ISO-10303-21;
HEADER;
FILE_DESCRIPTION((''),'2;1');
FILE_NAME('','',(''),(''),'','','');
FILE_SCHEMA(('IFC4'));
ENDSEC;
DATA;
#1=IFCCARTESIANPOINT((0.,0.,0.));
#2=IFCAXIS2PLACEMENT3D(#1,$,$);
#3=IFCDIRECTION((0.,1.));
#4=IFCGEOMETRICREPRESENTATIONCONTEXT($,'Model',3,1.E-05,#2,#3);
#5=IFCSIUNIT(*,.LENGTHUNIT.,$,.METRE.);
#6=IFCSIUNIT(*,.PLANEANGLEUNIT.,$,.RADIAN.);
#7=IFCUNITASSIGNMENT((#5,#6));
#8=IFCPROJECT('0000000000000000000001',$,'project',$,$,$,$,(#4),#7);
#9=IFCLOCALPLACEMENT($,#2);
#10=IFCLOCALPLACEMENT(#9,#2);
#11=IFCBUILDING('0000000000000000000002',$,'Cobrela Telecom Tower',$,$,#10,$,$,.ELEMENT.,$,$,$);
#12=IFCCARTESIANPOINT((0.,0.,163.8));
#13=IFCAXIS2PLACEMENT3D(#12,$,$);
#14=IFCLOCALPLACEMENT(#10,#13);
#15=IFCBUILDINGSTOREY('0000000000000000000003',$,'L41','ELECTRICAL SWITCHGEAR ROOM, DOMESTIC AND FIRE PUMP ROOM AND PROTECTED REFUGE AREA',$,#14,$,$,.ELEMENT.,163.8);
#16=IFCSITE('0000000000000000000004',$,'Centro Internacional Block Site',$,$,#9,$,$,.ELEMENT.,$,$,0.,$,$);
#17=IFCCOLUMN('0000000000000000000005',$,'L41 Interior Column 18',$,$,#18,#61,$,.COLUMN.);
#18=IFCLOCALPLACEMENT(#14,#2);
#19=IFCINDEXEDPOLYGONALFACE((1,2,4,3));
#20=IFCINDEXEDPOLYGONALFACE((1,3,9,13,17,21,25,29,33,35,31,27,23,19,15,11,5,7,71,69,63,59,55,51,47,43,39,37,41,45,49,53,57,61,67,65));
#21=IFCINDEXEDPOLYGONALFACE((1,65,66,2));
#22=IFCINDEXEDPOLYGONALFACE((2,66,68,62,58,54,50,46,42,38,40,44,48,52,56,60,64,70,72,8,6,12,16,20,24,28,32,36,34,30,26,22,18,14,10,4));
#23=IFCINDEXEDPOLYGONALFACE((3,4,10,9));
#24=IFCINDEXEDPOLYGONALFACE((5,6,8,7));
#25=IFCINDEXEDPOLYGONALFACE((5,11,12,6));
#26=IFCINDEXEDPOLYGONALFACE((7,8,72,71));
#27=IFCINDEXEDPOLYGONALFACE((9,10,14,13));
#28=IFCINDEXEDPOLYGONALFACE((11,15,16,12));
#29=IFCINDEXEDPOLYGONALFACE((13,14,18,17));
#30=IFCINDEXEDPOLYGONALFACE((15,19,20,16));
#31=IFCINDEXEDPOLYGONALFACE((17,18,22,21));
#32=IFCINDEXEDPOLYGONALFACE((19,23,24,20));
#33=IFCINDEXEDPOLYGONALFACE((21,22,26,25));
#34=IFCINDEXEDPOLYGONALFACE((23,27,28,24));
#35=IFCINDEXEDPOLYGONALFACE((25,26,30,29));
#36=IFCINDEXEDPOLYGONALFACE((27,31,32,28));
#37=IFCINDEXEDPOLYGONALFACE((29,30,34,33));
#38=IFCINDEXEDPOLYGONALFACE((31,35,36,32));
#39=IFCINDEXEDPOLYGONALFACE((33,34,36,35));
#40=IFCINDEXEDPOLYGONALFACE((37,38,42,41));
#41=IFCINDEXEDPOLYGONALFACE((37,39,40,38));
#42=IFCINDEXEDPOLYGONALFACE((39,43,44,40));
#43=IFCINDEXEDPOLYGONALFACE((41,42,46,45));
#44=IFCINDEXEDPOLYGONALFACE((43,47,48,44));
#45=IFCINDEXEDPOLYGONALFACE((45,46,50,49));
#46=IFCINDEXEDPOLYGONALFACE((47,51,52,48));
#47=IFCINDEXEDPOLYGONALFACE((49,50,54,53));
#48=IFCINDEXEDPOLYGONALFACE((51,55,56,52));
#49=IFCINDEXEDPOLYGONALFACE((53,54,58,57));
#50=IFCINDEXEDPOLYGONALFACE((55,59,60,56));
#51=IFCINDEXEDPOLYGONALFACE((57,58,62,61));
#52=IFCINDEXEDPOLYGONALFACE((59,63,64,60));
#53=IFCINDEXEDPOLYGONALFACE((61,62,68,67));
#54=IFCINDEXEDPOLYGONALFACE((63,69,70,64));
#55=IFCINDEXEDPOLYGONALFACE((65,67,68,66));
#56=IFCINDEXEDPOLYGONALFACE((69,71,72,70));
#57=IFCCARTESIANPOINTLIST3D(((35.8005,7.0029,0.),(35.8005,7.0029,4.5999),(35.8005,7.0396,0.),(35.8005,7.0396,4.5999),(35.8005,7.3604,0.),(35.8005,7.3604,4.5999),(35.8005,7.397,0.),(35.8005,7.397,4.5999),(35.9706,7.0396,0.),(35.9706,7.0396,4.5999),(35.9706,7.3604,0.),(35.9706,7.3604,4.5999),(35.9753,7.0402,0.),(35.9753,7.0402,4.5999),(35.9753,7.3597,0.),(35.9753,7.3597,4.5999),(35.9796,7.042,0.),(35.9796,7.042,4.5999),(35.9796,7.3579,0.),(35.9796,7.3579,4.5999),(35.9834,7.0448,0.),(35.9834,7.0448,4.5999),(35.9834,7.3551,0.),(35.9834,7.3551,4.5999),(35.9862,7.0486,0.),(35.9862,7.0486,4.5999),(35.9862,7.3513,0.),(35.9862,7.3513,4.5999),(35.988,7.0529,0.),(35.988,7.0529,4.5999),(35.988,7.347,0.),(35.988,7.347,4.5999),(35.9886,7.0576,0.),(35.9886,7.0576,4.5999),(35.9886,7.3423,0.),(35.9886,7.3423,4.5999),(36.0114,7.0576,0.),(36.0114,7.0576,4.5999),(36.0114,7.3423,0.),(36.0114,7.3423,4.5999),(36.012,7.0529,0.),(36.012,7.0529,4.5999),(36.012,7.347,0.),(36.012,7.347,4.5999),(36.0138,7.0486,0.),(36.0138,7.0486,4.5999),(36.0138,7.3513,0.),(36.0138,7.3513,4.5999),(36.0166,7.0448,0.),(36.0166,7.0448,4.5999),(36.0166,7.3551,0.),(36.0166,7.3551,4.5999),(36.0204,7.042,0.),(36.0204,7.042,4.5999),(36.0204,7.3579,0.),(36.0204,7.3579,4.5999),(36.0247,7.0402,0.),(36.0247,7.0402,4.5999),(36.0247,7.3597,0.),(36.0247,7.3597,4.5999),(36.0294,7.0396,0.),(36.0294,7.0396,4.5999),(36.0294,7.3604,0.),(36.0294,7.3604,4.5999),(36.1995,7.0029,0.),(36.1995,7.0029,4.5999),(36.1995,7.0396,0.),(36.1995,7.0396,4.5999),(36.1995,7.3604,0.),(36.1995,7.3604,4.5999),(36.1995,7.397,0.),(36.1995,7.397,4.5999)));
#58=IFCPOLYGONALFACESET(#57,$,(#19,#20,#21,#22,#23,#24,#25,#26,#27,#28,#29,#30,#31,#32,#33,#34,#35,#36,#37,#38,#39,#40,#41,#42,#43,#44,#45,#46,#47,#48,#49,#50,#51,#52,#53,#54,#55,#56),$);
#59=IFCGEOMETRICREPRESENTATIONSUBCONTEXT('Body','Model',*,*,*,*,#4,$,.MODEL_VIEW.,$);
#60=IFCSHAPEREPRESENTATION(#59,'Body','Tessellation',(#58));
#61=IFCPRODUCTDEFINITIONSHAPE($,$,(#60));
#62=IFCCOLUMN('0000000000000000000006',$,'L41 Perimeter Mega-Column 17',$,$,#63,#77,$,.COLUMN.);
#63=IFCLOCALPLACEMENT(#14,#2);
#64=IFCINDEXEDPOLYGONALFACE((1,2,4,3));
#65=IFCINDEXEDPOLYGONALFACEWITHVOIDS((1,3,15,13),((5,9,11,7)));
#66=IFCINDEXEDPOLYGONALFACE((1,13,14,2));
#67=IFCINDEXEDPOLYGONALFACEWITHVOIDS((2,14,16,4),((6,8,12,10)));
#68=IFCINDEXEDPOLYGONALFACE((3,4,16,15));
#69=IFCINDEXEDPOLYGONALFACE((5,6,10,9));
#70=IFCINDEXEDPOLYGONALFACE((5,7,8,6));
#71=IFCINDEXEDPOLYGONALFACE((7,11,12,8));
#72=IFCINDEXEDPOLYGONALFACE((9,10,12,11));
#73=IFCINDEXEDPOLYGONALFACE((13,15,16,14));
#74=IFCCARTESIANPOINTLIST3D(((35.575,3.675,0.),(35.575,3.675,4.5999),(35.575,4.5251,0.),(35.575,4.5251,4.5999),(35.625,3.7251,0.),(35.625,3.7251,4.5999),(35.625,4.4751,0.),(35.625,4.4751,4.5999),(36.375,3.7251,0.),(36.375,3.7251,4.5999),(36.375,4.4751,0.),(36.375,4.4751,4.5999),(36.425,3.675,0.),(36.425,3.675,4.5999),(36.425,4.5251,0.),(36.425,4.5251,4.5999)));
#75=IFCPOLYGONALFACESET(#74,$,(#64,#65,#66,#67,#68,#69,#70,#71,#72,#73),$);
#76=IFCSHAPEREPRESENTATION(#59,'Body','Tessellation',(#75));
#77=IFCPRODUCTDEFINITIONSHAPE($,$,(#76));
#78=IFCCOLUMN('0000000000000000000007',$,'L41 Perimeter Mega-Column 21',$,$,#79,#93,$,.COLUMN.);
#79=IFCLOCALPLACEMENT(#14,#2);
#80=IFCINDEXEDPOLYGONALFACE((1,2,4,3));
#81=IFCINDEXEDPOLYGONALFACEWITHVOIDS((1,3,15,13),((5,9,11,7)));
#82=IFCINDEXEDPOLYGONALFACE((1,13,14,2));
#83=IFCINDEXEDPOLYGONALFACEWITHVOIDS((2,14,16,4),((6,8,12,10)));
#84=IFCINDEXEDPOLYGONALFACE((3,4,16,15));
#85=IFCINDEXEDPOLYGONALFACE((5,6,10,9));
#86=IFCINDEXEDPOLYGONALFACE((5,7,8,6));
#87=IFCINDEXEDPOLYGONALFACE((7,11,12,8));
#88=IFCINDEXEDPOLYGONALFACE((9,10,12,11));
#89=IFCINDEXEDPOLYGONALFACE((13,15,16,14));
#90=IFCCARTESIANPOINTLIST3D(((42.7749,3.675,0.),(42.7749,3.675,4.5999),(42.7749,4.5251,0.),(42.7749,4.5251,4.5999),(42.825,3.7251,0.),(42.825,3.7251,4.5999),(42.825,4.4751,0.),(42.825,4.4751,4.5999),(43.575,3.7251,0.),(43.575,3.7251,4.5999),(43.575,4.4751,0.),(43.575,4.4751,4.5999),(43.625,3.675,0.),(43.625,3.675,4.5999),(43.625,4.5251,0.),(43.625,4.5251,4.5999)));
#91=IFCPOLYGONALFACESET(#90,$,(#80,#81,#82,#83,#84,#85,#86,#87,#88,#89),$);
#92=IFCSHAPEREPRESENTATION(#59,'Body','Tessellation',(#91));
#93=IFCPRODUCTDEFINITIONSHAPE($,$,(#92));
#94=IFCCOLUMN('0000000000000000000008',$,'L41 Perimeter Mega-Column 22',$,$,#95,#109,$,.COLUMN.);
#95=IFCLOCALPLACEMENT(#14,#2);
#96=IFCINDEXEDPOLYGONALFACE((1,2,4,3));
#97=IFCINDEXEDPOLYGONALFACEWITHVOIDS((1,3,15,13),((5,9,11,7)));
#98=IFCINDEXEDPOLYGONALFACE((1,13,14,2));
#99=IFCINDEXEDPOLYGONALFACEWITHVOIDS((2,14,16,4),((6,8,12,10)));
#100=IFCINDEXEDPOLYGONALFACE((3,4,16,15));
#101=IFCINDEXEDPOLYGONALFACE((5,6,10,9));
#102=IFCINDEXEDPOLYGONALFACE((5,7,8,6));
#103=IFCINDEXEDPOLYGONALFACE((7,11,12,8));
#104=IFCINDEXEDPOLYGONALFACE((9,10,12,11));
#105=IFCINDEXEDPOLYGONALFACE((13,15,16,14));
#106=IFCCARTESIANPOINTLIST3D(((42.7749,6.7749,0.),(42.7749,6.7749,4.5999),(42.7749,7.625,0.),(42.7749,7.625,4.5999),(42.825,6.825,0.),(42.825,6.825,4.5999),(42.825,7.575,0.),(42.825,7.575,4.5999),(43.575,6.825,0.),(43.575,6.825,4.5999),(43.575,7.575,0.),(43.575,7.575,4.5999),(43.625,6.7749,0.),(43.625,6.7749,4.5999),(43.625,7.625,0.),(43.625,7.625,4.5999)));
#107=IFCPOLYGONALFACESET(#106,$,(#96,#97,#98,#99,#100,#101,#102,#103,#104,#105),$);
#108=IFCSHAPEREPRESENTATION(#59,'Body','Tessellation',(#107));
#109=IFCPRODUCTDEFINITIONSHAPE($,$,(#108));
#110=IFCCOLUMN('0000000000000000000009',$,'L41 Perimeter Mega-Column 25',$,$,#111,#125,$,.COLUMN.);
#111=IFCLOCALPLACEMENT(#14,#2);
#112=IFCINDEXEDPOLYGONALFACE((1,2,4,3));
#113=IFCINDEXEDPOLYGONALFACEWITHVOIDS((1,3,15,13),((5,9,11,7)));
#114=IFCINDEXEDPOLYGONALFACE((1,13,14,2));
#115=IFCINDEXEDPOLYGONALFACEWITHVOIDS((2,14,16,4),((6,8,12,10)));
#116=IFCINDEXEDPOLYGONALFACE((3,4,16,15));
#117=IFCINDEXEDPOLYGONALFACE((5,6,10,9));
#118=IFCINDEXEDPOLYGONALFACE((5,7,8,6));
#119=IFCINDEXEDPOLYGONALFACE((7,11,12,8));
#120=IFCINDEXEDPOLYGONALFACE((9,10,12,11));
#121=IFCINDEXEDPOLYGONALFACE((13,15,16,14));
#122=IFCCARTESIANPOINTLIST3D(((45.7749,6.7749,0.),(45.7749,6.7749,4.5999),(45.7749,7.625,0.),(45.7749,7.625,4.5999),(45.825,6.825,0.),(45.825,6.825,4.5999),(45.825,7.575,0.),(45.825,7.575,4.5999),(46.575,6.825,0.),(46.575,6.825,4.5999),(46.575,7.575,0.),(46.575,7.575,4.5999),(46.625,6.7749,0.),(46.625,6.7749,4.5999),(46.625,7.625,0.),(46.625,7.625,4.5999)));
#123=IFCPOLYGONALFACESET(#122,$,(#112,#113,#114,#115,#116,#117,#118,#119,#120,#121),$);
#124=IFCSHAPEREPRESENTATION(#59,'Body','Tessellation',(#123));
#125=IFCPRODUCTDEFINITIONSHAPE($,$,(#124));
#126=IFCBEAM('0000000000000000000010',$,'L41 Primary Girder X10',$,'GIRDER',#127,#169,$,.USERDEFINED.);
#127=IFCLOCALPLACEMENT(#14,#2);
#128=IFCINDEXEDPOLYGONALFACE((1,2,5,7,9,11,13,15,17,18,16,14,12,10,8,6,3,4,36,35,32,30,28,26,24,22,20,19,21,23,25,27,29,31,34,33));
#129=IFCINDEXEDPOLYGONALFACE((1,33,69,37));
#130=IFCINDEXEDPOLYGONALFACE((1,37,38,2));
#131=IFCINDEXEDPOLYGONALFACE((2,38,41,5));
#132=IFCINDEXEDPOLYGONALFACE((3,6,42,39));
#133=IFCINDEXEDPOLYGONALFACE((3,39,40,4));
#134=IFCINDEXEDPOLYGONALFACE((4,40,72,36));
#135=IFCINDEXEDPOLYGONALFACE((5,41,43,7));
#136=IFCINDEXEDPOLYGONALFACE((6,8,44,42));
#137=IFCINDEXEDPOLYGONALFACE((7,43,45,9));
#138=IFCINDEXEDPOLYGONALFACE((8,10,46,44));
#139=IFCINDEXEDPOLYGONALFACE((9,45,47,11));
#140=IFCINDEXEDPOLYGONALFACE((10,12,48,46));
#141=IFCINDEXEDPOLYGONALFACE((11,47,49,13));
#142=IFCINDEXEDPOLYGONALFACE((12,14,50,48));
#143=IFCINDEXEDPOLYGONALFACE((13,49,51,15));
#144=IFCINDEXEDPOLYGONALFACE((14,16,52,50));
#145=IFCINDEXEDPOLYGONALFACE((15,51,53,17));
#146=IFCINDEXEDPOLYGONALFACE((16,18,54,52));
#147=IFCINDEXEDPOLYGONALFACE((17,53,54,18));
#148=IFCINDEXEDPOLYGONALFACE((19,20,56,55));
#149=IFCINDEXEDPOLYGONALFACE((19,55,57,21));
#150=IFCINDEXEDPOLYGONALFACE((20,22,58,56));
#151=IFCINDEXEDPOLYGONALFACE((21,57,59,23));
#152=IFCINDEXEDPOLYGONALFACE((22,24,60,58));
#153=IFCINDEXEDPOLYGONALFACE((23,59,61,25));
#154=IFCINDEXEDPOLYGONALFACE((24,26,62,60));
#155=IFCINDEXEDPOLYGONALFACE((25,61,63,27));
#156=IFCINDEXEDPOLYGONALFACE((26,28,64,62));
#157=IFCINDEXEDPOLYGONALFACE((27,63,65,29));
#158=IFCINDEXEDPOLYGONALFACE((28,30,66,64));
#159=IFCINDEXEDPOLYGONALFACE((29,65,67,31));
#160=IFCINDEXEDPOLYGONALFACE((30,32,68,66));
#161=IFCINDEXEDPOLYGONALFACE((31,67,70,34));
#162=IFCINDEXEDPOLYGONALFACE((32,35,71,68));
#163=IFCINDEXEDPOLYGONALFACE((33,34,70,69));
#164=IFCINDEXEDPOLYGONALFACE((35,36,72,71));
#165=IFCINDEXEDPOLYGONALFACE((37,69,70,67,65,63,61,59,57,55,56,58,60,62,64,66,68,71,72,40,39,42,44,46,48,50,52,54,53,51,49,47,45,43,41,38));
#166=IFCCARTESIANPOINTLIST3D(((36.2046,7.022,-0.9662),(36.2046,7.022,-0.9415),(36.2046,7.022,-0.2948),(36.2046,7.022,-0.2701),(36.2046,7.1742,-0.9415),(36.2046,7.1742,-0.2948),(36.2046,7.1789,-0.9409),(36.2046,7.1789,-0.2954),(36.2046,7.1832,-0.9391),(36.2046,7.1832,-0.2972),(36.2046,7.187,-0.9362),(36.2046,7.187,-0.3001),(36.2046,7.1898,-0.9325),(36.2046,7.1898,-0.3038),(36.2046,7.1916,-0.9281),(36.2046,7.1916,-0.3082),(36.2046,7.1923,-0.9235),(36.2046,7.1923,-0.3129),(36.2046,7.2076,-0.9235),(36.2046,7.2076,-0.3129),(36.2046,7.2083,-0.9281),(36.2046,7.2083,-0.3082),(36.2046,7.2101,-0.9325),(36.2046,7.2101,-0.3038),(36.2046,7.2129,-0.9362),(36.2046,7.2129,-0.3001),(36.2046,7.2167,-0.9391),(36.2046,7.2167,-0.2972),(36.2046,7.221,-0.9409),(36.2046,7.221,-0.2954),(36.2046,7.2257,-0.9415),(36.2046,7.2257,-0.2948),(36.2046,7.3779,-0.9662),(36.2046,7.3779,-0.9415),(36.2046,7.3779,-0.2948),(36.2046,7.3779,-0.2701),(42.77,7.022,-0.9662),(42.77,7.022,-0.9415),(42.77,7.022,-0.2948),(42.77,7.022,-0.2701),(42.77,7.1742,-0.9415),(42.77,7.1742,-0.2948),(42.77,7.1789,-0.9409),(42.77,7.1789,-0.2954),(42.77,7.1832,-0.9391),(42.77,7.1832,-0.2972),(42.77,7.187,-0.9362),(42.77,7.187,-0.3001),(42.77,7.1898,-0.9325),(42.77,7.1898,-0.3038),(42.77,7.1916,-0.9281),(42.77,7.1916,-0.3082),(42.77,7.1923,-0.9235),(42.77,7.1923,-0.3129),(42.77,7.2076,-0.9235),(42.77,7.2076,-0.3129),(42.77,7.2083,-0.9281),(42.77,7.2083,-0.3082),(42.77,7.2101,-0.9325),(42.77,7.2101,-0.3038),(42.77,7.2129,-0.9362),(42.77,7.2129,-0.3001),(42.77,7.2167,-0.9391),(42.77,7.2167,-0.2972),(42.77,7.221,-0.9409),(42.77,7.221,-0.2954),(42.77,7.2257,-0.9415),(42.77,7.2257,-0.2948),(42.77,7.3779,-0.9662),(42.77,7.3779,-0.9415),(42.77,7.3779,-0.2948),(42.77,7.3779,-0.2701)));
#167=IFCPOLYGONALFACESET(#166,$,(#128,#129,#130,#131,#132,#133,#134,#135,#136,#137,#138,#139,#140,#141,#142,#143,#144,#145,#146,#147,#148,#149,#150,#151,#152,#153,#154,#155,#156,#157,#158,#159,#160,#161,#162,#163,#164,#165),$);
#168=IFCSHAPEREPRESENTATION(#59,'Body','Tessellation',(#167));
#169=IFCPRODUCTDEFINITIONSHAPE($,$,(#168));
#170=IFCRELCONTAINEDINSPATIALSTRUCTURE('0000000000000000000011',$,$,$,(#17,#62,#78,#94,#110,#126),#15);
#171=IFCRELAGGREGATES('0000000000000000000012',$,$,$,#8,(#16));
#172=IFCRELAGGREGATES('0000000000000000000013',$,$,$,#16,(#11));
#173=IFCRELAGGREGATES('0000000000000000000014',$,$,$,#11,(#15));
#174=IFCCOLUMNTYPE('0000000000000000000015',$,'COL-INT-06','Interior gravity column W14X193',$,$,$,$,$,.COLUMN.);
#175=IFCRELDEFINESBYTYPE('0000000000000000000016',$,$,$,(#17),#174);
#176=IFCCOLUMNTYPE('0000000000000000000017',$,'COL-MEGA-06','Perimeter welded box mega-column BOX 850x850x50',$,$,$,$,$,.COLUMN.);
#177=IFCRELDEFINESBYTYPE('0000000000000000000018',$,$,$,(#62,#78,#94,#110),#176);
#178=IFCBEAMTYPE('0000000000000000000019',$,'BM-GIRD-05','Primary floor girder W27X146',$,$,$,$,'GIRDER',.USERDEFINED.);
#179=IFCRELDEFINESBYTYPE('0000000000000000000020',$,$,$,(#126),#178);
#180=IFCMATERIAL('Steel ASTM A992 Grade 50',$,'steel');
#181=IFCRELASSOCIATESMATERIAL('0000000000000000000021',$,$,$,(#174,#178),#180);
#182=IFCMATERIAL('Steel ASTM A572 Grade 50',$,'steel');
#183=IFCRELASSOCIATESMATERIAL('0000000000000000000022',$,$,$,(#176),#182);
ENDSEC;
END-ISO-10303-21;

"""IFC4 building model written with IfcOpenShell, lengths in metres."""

from ifc_helpers import new_model, si_unit, direction, frame, origin, origin_2d, place, context, subcontext, project, spatial, hollow_rectangle, i_section, extrude, material, material_profile, profile_set, type_object, element, save


model = new_model("IFC4")

# Units and contexts
model_context = context("Model", 3, precision=1e-05, world=origin(), true_north=direction((0.0, 1.0)))
body_context = subcontext(model_context, "Body", "Model", "MODEL_VIEW")
ifc_project = project(units=[si_unit("LENGTHUNIT", "METRE"), si_unit("PLANEANGLEUNIT", "RADIAN")], contexts=[model_context])

# Site, building, storey
site_placement = place(None, origin())
site = spatial("IfcSite", under=ifc_project, at=site_placement, Name="Centro Internacional Block Site", CompositionType="ELEMENT", RefElevation=0.0)
building_placement = place(site_placement, origin())
building = spatial("IfcBuilding", under=site, at=building_placement, Name="Cobrela Telecom Tower", CompositionType="ELEMENT")
storey_placement = place(building_placement, frame((0.0, 0.0, 163.8)))
storey = spatial("IfcBuildingStorey", under=building, at=storey_placement, Name="L41", Description="ELECTRICAL SWITCHGEAR ROOM, DOMESTIC AND FIRE PUMP ROOM AND PROTECTED REFUGE AREA", CompositionType="ELEMENT", Elevation=163.8)

# Columns
ifc_material_1 = material(Name="Steel ASTM A992 Grade 50", Category="steel")
ifc_material_profile_1 = material_profile(ifc_material_1, i_section(OverallWidth=0.3989, OverallDepth=0.394, WebThickness=0.0227, FlangeThickness=0.0366, FilletRadius=0.0181, at=origin_2d()), Name="W14X193")
ifc_profile_set_1 = profile_set([ifc_material_profile_1], Name="Steel ASTM A992 Grade 50")
column_type_1 = type_object("IfcColumnType", Name="COL-INT-06", Description="Interior gravity column W14X193", PredefinedType="COLUMN", material=ifc_profile_set_1)
column_placement = place(storey_placement, frame((36.0, 7.2, 0.0), z_axis=(0.0, 0.0, 1.0), x_axis=(1.0, 0.0, 0.0)))
element("IfcColumn", 1, at=column_placement, inside=storey, type_object=column_type_1, Name="L41 Interior Column 18", PredefinedType="COLUMN", context=body_context, shape_type="SweptSolid", body=[
    extrude(i_section(OverallWidth=0.3989, OverallDepth=0.394, WebThickness=0.0227, FlangeThickness=0.0366, FilletRadius=0.0181, at=origin_2d()), origin(), (0.0, 0.0, 1.0), 4.5999),
])
ifc_material_2 = material(Name="Steel ASTM A572 Grade 50", Category="steel")
ifc_material_profile_2 = material_profile(ifc_material_2, hollow_rectangle(XDim=0.8501, YDim=0.8501, WallThickness=0.05, at=origin_2d()), Name="BOX 850x850x50")
ifc_profile_set_2 = profile_set([ifc_material_profile_2], Name="Steel ASTM A572 Grade 50")
column_type_2 = type_object("IfcColumnType", Name="COL-MEGA-06", Description="Perimeter welded box mega-column BOX 850x850x50", PredefinedType="COLUMN", material=ifc_profile_set_2)
for number, where, z_axis, x_axis, name in (
    (2, (36.0, 4.1001, 0.0), (0.0, 0.0, 1.0), (1.0, 0.0, 0.0), "L41 Perimeter Mega-Column 17"),
    (3, (43.2, 4.1001, 0.0), (0.0, 0.0, 1.0), (1.0, 0.0, 0.0), "L41 Perimeter Mega-Column 21"),
    (4, (43.2, 7.2, 0.0), (0.0, 0.0, 1.0), (1.0, 0.0, 0.0), "L41 Perimeter Mega-Column 22"),
    (5, (46.2, 7.2, 0.0), (0.0, 0.0, 1.0), (1.0, 0.0, 0.0), "L41 Perimeter Mega-Column 25"),
):
    element("IfcColumn", number, at=place(storey_placement, frame(where, z_axis=z_axis, x_axis=x_axis)), inside=storey, type_object=column_type_2, Name=name, PredefinedType="COLUMN", context=body_context, shape_type="SweptSolid", body=[
        extrude(hollow_rectangle(XDim=0.8501, YDim=0.8501, WallThickness=0.05, at=origin_2d()), origin(), (0.0, 0.0, 1.0), 4.5999),
    ])

# Beam
ifc_material_profile_3 = material_profile(ifc_material_1, i_section(OverallWidth=0.356, OverallDepth=0.696, WebThickness=0.0154, FlangeThickness=0.0247, FilletRadius=0.0181, at=origin_2d()), Name="W27X146")
ifc_profile_set_3 = profile_set([ifc_material_profile_3], Name="Steel ASTM A992 Grade 50")
beam_type_1 = type_object("IfcBeamType", Name="BM-GIRD-05", Description="Primary floor girder W27X146", ElementType="GIRDER", PredefinedType="USERDEFINED", material=ifc_profile_set_3)
beam_1_placement = place(storey_placement, frame((36.2046, 7.2, -0.6182), z_axis=(1.0, 0.0, 0.0), x_axis=(0.0, 1.0, 0.0)))
element("IfcBeam", 6, at=beam_1_placement, inside=storey, type_object=beam_type_1, Name="L41 Primary Girder X10", ObjectType="GIRDER", PredefinedType="USERDEFINED", context=body_context, shape_type="SweptSolid", body=[
    extrude(i_section(OverallWidth=0.356, OverallDepth=0.696, WebThickness=0.0154, FlangeThickness=0.0247, FilletRadius=0.0181, at=origin_2d()), origin(), (0.0, 0.0, 1.0), 6.5654),
])

save(model, "model.ifc")
